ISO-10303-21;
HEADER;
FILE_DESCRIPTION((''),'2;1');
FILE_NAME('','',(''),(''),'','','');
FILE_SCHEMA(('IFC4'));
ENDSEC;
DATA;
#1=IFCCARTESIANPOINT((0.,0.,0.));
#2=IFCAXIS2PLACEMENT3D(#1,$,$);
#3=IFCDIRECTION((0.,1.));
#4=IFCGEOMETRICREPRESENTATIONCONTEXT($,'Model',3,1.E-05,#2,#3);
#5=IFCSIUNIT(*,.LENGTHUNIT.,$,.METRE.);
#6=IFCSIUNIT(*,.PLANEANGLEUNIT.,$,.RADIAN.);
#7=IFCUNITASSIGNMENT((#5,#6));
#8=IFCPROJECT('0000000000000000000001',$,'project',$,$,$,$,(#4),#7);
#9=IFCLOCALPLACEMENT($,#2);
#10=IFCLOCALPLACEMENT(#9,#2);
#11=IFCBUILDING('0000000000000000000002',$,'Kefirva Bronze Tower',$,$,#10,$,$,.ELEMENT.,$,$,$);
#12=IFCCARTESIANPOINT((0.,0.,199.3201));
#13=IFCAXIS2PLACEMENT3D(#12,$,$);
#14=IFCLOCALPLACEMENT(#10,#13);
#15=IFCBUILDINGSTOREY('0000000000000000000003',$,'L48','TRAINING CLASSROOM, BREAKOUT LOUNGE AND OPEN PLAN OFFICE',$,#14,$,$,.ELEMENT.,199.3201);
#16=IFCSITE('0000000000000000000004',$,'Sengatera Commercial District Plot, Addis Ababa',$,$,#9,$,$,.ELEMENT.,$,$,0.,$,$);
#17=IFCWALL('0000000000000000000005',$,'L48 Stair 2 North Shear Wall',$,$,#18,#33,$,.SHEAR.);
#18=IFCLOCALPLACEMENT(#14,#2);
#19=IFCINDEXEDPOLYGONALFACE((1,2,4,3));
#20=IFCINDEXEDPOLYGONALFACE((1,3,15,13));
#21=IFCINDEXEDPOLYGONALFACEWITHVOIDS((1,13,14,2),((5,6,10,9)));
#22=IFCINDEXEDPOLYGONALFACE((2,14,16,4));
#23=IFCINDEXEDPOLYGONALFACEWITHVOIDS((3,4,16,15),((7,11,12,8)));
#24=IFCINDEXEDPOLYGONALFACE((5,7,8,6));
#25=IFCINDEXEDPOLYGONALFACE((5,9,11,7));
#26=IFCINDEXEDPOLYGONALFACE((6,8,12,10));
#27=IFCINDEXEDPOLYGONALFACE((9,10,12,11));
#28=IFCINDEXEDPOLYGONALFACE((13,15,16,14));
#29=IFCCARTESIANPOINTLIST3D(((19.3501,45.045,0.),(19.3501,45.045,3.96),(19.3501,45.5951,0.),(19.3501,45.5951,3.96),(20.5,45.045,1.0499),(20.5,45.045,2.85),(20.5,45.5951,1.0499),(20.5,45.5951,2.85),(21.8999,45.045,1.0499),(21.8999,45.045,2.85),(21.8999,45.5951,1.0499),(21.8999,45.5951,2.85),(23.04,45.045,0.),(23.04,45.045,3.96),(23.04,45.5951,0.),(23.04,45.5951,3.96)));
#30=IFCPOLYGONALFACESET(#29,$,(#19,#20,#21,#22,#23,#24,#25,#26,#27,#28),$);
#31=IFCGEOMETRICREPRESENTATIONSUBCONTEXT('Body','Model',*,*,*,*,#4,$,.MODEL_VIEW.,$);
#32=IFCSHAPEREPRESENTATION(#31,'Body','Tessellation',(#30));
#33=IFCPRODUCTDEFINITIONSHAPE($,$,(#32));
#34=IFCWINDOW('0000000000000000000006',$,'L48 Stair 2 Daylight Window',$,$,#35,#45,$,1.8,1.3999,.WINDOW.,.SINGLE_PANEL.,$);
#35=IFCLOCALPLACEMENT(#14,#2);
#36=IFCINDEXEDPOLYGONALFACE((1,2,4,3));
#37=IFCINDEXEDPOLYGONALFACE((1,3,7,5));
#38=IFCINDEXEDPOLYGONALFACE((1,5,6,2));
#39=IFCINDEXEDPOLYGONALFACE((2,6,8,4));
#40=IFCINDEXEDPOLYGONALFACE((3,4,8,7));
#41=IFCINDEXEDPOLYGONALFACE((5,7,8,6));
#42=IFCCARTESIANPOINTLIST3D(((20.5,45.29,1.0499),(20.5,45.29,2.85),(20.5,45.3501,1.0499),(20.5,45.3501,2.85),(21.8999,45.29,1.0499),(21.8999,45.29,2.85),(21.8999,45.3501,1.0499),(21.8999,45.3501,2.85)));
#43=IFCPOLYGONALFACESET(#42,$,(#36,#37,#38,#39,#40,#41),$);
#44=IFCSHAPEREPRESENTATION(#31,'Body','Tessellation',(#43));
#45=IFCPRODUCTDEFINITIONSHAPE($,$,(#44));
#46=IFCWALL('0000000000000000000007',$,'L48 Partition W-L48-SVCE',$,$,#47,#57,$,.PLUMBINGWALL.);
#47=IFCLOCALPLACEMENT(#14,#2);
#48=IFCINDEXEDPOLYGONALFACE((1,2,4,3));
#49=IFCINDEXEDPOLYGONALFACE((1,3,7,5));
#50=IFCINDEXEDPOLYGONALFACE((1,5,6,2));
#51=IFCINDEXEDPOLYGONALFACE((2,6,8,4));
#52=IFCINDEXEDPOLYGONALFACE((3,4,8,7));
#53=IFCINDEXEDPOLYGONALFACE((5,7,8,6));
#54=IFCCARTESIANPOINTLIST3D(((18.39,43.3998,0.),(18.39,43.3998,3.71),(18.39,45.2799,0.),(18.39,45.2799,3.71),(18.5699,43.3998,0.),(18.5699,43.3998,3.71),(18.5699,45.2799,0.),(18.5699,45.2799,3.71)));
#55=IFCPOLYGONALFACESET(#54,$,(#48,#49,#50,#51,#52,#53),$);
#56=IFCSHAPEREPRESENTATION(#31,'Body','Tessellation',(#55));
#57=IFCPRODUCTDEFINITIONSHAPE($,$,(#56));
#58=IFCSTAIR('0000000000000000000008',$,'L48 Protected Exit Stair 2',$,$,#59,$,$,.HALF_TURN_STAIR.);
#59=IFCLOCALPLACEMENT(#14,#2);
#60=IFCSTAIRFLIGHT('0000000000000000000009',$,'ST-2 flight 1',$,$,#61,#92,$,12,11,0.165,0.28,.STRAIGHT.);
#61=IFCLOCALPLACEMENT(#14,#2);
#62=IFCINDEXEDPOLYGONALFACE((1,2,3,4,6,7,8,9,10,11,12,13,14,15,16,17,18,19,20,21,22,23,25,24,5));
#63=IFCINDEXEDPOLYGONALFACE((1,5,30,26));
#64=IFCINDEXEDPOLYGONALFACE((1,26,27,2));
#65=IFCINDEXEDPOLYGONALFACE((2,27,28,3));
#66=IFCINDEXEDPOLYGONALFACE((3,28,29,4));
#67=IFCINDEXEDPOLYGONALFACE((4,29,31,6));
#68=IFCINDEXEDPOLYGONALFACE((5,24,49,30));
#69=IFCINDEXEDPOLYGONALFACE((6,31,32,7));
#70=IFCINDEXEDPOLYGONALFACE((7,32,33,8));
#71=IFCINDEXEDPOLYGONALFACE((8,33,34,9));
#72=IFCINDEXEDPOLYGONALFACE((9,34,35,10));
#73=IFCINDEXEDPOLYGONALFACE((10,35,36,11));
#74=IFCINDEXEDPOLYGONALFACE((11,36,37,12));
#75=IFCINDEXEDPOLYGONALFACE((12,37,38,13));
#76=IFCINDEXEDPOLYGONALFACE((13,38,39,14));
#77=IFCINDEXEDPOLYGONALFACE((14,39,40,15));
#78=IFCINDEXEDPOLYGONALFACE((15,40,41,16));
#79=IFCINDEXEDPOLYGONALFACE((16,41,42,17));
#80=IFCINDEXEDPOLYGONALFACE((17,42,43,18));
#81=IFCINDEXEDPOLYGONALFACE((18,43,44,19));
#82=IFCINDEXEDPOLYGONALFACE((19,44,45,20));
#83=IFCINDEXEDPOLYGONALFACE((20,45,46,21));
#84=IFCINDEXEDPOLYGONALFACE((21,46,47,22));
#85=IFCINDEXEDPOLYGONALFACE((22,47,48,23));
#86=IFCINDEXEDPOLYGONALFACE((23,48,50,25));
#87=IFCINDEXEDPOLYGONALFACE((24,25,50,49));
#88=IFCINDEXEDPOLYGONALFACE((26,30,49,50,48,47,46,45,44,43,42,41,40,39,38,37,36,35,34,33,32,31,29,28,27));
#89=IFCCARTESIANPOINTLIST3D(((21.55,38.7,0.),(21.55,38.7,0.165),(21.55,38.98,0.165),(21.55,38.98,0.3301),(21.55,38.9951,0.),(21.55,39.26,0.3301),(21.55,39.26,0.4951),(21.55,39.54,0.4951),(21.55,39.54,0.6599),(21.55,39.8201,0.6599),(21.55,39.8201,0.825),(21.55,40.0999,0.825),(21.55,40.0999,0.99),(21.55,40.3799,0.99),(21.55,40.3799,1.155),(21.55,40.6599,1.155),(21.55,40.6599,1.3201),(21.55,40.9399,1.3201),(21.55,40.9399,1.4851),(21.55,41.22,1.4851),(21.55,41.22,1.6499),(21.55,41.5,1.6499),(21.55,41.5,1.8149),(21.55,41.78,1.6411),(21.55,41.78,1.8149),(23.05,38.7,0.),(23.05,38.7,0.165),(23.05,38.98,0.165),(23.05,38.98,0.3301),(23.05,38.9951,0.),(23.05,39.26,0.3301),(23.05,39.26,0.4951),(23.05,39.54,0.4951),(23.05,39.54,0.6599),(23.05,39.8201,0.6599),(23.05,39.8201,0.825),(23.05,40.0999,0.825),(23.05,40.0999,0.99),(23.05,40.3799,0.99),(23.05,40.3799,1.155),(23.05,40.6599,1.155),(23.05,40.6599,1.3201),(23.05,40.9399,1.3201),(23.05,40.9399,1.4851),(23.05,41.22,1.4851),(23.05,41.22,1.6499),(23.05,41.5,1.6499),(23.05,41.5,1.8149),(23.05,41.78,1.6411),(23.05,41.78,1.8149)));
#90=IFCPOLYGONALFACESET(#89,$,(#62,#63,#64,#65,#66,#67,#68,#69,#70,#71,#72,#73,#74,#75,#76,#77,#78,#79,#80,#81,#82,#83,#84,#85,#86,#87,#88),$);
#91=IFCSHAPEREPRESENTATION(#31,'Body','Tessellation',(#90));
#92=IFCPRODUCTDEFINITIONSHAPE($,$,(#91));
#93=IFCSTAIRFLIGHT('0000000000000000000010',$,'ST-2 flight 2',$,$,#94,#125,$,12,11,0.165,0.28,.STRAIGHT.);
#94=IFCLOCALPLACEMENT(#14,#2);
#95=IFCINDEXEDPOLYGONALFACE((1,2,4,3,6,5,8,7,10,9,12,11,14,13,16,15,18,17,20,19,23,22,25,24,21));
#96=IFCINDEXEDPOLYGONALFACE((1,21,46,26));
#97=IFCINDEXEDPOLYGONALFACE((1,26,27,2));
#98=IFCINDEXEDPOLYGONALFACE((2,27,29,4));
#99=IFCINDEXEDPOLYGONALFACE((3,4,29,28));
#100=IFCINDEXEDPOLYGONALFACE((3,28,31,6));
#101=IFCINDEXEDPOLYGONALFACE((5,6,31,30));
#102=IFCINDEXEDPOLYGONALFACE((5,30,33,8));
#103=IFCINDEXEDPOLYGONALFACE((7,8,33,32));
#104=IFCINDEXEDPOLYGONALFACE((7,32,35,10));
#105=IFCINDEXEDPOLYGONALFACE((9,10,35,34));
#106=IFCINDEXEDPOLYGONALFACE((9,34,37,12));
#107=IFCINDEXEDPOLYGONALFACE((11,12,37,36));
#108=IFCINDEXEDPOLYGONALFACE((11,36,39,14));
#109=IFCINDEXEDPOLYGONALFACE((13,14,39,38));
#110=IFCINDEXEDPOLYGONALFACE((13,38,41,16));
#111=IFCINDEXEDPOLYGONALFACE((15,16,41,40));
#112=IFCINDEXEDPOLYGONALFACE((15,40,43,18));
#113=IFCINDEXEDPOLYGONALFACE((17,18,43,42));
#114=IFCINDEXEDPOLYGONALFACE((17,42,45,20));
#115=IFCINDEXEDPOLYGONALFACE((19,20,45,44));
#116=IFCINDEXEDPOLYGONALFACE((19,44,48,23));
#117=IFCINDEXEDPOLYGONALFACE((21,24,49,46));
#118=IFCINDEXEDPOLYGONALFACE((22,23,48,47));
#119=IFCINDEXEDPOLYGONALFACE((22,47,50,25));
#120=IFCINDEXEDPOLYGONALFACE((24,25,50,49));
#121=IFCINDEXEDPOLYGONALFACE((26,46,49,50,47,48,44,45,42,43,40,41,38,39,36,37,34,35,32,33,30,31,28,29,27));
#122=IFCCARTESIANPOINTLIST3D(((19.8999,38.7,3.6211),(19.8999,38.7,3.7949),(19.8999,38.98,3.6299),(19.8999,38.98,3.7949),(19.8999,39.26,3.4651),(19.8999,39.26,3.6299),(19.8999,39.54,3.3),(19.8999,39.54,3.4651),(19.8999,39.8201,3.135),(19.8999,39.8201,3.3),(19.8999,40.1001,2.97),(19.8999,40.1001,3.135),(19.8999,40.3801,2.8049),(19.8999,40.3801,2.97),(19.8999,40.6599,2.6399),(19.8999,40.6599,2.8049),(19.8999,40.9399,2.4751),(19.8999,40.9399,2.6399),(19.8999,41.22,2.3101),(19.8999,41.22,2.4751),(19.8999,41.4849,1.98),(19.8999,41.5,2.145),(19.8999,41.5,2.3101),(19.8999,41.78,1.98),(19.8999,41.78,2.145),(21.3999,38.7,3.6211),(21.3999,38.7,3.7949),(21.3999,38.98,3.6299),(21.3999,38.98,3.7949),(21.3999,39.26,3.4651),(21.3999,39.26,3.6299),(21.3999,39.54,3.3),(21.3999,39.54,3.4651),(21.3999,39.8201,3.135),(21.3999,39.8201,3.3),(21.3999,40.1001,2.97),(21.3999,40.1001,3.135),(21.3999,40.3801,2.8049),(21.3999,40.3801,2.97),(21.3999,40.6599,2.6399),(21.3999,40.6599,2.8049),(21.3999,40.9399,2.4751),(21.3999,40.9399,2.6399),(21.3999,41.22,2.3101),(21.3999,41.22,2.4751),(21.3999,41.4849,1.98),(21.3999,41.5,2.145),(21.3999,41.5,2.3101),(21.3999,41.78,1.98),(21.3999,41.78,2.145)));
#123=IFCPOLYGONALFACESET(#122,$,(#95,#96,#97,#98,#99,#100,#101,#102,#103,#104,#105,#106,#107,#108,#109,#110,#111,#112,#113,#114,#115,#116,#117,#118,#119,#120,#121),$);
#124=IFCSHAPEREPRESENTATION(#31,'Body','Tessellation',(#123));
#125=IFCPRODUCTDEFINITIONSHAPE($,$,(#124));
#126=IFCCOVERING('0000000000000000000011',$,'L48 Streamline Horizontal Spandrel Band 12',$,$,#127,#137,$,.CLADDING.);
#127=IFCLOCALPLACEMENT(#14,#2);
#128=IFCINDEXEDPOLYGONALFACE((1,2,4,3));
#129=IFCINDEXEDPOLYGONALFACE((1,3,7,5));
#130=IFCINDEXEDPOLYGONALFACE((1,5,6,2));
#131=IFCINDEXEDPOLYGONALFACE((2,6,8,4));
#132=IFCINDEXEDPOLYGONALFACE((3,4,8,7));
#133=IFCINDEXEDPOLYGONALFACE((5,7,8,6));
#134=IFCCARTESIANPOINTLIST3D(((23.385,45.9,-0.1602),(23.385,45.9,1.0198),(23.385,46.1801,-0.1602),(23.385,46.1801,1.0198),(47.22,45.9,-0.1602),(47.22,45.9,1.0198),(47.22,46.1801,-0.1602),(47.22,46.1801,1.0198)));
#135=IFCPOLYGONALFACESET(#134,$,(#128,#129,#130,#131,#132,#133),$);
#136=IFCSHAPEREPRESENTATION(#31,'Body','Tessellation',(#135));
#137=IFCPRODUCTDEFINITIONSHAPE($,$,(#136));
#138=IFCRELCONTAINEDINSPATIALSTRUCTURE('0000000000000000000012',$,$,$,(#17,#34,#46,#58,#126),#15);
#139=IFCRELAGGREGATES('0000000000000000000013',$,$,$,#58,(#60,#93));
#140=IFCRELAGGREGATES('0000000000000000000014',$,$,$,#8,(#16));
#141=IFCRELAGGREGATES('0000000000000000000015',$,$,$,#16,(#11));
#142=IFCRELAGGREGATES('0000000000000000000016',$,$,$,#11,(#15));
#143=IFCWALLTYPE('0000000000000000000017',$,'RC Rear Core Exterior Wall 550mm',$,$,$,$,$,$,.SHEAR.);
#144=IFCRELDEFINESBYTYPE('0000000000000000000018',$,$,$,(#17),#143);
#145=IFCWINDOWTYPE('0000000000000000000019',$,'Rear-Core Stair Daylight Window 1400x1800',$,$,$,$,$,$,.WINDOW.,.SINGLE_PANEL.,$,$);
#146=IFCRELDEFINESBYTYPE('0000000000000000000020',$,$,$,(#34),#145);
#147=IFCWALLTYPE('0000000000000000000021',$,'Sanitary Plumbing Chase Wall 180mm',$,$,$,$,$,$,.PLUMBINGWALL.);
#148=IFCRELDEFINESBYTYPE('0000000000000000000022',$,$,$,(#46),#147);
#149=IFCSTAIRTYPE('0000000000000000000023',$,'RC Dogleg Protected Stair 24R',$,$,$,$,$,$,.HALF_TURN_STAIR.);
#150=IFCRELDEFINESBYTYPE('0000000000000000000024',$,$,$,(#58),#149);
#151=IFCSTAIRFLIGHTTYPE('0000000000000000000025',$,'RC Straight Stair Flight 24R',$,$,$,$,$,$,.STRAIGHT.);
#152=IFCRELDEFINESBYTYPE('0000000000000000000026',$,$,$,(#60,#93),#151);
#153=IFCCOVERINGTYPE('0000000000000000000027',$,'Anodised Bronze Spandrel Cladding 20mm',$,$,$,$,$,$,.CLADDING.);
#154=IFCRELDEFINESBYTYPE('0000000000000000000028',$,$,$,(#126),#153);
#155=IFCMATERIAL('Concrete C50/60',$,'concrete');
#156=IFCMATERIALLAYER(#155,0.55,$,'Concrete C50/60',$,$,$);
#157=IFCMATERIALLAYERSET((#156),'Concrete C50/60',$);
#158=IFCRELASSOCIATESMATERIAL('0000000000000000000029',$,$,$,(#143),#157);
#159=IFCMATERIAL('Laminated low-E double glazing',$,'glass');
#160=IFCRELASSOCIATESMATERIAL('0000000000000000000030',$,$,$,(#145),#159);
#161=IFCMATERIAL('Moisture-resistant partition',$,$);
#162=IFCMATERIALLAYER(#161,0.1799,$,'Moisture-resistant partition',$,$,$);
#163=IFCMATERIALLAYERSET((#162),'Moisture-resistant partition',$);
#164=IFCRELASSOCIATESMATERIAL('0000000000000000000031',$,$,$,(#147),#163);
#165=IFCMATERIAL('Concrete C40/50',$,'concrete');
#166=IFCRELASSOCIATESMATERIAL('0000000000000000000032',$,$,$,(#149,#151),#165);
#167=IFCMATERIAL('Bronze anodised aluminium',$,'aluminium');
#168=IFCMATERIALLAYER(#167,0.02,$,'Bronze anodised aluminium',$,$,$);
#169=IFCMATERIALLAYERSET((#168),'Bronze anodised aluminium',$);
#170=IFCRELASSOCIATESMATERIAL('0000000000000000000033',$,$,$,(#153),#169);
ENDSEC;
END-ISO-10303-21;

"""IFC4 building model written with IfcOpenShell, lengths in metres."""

from ifc_helpers import new_model, si_unit, direction, frame, frame_2d, origin, origin_2d, place, context, subcontext, project, spatial, polyline, rectangle, outline, extrude, material, layer, layer_set, type_object, element, fill, aggregate, save


model = new_model("IFC4")

# Units and contexts
model_context = context("Model", 3, precision=1e-05, world=origin(), true_north=direction((0.0, 1.0)))
body_context = subcontext(model_context, "Body", "Model", "MODEL_VIEW")
ifc_project = project(units=[si_unit("LENGTHUNIT", "METRE"), si_unit("PLANEANGLEUNIT", "RADIAN")], contexts=[model_context])

# Site, building, storey
site_placement = place(None, origin())
site = spatial("IfcSite", under=ifc_project, at=site_placement, Name="Sengatera Commercial District Plot, Addis Ababa", CompositionType="ELEMENT", RefElevation=0.0)
building_placement = place(site_placement, origin())
building = spatial("IfcBuilding", under=site, at=building_placement, Name="Kefirva Bronze Tower", CompositionType="ELEMENT")
storey_placement = place(building_placement, frame((0.0, 0.0, 199.3201)))
storey = spatial("IfcBuildingStorey", under=building, at=storey_placement, Name="L48", Description="TRAINING CLASSROOM, BREAKOUT LOUNGE AND OPEN PLAN OFFICE", CompositionType="ELEMENT", Elevation=199.3201)

# Shared definitions
ifc_material_1 = material(Name="Concrete C50/60", Category="concrete")

# Shared definitions
ifc_material_2 = material(Name="Bronze anodised aluminium", Category="aluminium")

# Shared definitions
ifc_material_3 = material(Name="Laminated low-E double glazing", Category="glass")

# Wall, opening, window
ifc_layer_1 = layer(ifc_material_1, 0.55, Name="Concrete C50/60")
ifc_layer_set_1 = layer_set([ifc_layer_1], Name="Concrete C50/60")
wall_type_1 = type_object("IfcWallType", Name="RC Rear Core Exterior Wall 550mm", PredefinedType="SHEAR", material=ifc_layer_set_1)
wall_1_placement = place(storey_placement, frame((19.3501, 45.3201, 0.0), z_axis=(0.0, 0.0, 1.0), x_axis=(1.0, 0.0, 0.0)))
wall_1 = element("IfcWall", 1, at=wall_1_placement, inside=storey, type_object=wall_type_1, Name="L48 Stair 2 North Shear Wall", PredefinedType="SHEAR", context=body_context, shape_type="SweptSolid", body=[
    extrude(rectangle(XDim=3.6899, YDim=0.55, at=frame_2d((1.845, 0.0))), origin(), (0.0, 0.0, 1.0), 3.96),
])
opening_placement = place(wall_1_placement, frame((1.1499, 0.0, 1.05)))
opening = element("IfcOpeningElement", 2, at=opening_placement, cuts=wall_1, PredefinedType="OPENING", context=body_context, shape_type="SweptSolid", body=[
    extrude(rectangle(XDim=1.3999, YDim=1.8, at=frame_2d((0.7, 0.8999))), frame((0.0, 0.2852, 0.0), z_axis=(0.0, -1.0, 0.0), x_axis=(1.0, 0.0, 0.0)), (0.0, 0.0, 1.0), 0.5701),
])
window_type = type_object("IfcWindowType", Name="Rear-Core Stair Daylight Window 1400x1800", PartitioningType="SINGLE_PANEL", PredefinedType="WINDOW", material=ifc_material_3)
window_placement = place(opening_placement, origin())
window = element("IfcWindow", 3, at=window_placement, inside=storey, type_object=window_type, Name="L48 Stair 2 Daylight Window", OverallHeight=1.8, OverallWidth=1.3999, PartitioningType="SINGLE_PANEL", PredefinedType="WINDOW", context=body_context, shape_type="SweptSolid", body=[
    extrude(rectangle(XDim=1.3999, YDim=1.8, at=frame_2d((0.7, 0.8999))), frame((0.0, 0.03, 0.0), z_axis=(0.0, -1.0, 0.0), x_axis=(1.0, 0.0, 0.0)), (0.0, 0.0, 1.0), 0.0601),
])
fill(opening, window)

# Wall
ifc_material_4 = material(Name="Moisture-resistant partition")
ifc_layer_2 = layer(ifc_material_4, 0.1799, Name="Moisture-resistant partition")
ifc_layer_set_2 = layer_set([ifc_layer_2], Name="Moisture-resistant partition")
wall_type_2 = type_object("IfcWallType", Name="Sanitary Plumbing Chase Wall 180mm", PredefinedType="PLUMBINGWALL", material=ifc_layer_set_2)
wall_2_placement = place(storey_placement, frame((18.48, 43.3999, 0.0), z_axis=(0.0, 0.0, 1.0), x_axis=(0.0, 1.0, 0.0)))
element("IfcWall", 4, at=wall_2_placement, inside=storey, type_object=wall_type_2, Name="L48 Partition W-L48-SVCE", PredefinedType="PLUMBINGWALL", context=body_context, shape_type="SweptSolid", body=[
    extrude(rectangle(XDim=1.8801, YDim=0.1799, at=frame_2d((0.9399, 0.0))), origin(), (0.0, 0.0, 1.0), 3.71),
])

# Stair, stair flights
ifc_material_5 = material(Name="Concrete C40/50", Category="concrete")
stair_type = type_object("IfcStairType", Name="RC Dogleg Protected Stair 24R", PredefinedType="HALF_TURN_STAIR", material=ifc_material_5)
stair_placement = place(storey_placement, origin())
stair = element("IfcStair", 5, at=stair_placement, inside=storey, type_object=stair_type, Name="L48 Protected Exit Stair 2", PredefinedType="HALF_TURN_STAIR")
stair_flight_type = type_object("IfcStairFlightType", Name="RC Straight Stair Flight 24R", PredefinedType="STRAIGHT", material=ifc_material_5)
stair_flight_1_placement = place(storey_placement, frame((22.3, 38.7, 0.0), z_axis=(0.0, 0.0, 1.0), x_axis=(0.0, 1.0, 0.0)))
stair_flight_1 = element("IfcStairFlight", 6, at=stair_flight_1_placement, type_object=stair_flight_type, Name="ST-2 flight 1", NumberOfRisers=12, NumberOfTreads=11, PredefinedType="STRAIGHT", RiserHeight=0.165, TreadLength=0.28, context=body_context, shape_type="SweptSolid", body=[
    extrude(outline(polyline([(0.0, 0.0), (0.0, 0.165), (0.28, 0.165), (0.28, 0.3301), (0.5601, 0.3301), (0.5601, 0.4951), (0.8401, 0.4951), (0.8401, 0.6599), (1.1201, 0.6599), (1.1201, 0.825), (1.3999, 0.825), (1.3999, 0.99), (1.6799, 0.99), (1.6799, 1.155), (1.96, 1.155), (1.96, 1.3201), (2.24, 1.3201), (2.24, 1.4851), (2.52, 1.4851), (2.52, 1.6499), (2.8, 1.6499), (2.8, 1.8149), (3.0801, 1.8149), (3.0801, 1.98), (3.0801, 1.6411), (0.2952, 0.0), (0.0, 0.0)])), frame((0.0, 0.75, 0.0), z_axis=(0.0, -1.0, 0.0), x_axis=(1.0, 0.0, 0.0)), (0.0, 0.0, 1.0), 1.5),
])
stair_flight_2_placement = place(storey_placement, frame((20.6499, 41.78, 1.98), z_axis=(0.0, 0.0, 1.0), x_axis=(0.0, -1.0, 0.0)))
stair_flight_2 = element("IfcStairFlight", 7, at=stair_flight_2_placement, type_object=stair_flight_type, Name="ST-2 flight 2", NumberOfRisers=12, NumberOfTreads=11, PredefinedType="STRAIGHT", RiserHeight=0.165, TreadLength=0.28, context=body_context, shape_type="SweptSolid", body=[
    extrude(outline(polyline([(0.0, 0.0), (0.0, 0.165), (0.28, 0.165), (0.28, 0.3301), (0.5601, 0.3301), (0.5601, 0.4951), (0.8401, 0.4951), (0.8401, 0.6599), (1.1201, 0.6599), (1.1201, 0.825), (1.3999, 0.825), (1.3999, 0.99), (1.6799, 0.99), (1.6799, 1.155), (1.96, 1.155), (1.96, 1.3201), (2.24, 1.3201), (2.24, 1.4851), (2.52, 1.4851), (2.52, 1.6499), (2.8, 1.6499), (2.8, 1.8149), (3.0801, 1.8149), (3.0801, 1.98), (3.0801, 1.6411), (0.2952, 0.0), (0.0, 0.0)])), frame((0.0, 0.75, 0.0), z_axis=(0.0, -1.0, 0.0), x_axis=(1.0, 0.0, 0.0)), (0.0, 0.0, 1.0), 1.5),
])
aggregate(stair, [stair_flight_1, stair_flight_2])

# Covering
ifc_layer_3 = layer(ifc_material_2, 0.02, Name="Bronze anodised aluminium")
ifc_layer_set_3 = layer_set([ifc_layer_3], Name="Bronze anodised aluminium")
covering_type_1 = type_object("IfcCoveringType", Name="Anodised Bronze Spandrel Cladding 20mm", PredefinedType="CLADDING", material=ifc_layer_set_3)
covering_placement = place(storey_placement, frame((35.3025, 46.04, -0.1602), z_axis=(0.0, 0.0, 1.0), x_axis=(-1.0, 0.0, 0.0)))
element("IfcCovering", 8, at=covering_placement, inside=storey, type_object=covering_type_1, Name="L48 Streamline Horizontal Spandrel Band 12", PredefinedType="CLADDING", context=body_context, shape_type="SweptSolid", body=[
    extrude(rectangle(XDim=23.835, YDim=0.28, at=origin_2d()), origin(), (0.0, 0.0, 1.0), 1.1799),
])

save(model, "model.ifc")
